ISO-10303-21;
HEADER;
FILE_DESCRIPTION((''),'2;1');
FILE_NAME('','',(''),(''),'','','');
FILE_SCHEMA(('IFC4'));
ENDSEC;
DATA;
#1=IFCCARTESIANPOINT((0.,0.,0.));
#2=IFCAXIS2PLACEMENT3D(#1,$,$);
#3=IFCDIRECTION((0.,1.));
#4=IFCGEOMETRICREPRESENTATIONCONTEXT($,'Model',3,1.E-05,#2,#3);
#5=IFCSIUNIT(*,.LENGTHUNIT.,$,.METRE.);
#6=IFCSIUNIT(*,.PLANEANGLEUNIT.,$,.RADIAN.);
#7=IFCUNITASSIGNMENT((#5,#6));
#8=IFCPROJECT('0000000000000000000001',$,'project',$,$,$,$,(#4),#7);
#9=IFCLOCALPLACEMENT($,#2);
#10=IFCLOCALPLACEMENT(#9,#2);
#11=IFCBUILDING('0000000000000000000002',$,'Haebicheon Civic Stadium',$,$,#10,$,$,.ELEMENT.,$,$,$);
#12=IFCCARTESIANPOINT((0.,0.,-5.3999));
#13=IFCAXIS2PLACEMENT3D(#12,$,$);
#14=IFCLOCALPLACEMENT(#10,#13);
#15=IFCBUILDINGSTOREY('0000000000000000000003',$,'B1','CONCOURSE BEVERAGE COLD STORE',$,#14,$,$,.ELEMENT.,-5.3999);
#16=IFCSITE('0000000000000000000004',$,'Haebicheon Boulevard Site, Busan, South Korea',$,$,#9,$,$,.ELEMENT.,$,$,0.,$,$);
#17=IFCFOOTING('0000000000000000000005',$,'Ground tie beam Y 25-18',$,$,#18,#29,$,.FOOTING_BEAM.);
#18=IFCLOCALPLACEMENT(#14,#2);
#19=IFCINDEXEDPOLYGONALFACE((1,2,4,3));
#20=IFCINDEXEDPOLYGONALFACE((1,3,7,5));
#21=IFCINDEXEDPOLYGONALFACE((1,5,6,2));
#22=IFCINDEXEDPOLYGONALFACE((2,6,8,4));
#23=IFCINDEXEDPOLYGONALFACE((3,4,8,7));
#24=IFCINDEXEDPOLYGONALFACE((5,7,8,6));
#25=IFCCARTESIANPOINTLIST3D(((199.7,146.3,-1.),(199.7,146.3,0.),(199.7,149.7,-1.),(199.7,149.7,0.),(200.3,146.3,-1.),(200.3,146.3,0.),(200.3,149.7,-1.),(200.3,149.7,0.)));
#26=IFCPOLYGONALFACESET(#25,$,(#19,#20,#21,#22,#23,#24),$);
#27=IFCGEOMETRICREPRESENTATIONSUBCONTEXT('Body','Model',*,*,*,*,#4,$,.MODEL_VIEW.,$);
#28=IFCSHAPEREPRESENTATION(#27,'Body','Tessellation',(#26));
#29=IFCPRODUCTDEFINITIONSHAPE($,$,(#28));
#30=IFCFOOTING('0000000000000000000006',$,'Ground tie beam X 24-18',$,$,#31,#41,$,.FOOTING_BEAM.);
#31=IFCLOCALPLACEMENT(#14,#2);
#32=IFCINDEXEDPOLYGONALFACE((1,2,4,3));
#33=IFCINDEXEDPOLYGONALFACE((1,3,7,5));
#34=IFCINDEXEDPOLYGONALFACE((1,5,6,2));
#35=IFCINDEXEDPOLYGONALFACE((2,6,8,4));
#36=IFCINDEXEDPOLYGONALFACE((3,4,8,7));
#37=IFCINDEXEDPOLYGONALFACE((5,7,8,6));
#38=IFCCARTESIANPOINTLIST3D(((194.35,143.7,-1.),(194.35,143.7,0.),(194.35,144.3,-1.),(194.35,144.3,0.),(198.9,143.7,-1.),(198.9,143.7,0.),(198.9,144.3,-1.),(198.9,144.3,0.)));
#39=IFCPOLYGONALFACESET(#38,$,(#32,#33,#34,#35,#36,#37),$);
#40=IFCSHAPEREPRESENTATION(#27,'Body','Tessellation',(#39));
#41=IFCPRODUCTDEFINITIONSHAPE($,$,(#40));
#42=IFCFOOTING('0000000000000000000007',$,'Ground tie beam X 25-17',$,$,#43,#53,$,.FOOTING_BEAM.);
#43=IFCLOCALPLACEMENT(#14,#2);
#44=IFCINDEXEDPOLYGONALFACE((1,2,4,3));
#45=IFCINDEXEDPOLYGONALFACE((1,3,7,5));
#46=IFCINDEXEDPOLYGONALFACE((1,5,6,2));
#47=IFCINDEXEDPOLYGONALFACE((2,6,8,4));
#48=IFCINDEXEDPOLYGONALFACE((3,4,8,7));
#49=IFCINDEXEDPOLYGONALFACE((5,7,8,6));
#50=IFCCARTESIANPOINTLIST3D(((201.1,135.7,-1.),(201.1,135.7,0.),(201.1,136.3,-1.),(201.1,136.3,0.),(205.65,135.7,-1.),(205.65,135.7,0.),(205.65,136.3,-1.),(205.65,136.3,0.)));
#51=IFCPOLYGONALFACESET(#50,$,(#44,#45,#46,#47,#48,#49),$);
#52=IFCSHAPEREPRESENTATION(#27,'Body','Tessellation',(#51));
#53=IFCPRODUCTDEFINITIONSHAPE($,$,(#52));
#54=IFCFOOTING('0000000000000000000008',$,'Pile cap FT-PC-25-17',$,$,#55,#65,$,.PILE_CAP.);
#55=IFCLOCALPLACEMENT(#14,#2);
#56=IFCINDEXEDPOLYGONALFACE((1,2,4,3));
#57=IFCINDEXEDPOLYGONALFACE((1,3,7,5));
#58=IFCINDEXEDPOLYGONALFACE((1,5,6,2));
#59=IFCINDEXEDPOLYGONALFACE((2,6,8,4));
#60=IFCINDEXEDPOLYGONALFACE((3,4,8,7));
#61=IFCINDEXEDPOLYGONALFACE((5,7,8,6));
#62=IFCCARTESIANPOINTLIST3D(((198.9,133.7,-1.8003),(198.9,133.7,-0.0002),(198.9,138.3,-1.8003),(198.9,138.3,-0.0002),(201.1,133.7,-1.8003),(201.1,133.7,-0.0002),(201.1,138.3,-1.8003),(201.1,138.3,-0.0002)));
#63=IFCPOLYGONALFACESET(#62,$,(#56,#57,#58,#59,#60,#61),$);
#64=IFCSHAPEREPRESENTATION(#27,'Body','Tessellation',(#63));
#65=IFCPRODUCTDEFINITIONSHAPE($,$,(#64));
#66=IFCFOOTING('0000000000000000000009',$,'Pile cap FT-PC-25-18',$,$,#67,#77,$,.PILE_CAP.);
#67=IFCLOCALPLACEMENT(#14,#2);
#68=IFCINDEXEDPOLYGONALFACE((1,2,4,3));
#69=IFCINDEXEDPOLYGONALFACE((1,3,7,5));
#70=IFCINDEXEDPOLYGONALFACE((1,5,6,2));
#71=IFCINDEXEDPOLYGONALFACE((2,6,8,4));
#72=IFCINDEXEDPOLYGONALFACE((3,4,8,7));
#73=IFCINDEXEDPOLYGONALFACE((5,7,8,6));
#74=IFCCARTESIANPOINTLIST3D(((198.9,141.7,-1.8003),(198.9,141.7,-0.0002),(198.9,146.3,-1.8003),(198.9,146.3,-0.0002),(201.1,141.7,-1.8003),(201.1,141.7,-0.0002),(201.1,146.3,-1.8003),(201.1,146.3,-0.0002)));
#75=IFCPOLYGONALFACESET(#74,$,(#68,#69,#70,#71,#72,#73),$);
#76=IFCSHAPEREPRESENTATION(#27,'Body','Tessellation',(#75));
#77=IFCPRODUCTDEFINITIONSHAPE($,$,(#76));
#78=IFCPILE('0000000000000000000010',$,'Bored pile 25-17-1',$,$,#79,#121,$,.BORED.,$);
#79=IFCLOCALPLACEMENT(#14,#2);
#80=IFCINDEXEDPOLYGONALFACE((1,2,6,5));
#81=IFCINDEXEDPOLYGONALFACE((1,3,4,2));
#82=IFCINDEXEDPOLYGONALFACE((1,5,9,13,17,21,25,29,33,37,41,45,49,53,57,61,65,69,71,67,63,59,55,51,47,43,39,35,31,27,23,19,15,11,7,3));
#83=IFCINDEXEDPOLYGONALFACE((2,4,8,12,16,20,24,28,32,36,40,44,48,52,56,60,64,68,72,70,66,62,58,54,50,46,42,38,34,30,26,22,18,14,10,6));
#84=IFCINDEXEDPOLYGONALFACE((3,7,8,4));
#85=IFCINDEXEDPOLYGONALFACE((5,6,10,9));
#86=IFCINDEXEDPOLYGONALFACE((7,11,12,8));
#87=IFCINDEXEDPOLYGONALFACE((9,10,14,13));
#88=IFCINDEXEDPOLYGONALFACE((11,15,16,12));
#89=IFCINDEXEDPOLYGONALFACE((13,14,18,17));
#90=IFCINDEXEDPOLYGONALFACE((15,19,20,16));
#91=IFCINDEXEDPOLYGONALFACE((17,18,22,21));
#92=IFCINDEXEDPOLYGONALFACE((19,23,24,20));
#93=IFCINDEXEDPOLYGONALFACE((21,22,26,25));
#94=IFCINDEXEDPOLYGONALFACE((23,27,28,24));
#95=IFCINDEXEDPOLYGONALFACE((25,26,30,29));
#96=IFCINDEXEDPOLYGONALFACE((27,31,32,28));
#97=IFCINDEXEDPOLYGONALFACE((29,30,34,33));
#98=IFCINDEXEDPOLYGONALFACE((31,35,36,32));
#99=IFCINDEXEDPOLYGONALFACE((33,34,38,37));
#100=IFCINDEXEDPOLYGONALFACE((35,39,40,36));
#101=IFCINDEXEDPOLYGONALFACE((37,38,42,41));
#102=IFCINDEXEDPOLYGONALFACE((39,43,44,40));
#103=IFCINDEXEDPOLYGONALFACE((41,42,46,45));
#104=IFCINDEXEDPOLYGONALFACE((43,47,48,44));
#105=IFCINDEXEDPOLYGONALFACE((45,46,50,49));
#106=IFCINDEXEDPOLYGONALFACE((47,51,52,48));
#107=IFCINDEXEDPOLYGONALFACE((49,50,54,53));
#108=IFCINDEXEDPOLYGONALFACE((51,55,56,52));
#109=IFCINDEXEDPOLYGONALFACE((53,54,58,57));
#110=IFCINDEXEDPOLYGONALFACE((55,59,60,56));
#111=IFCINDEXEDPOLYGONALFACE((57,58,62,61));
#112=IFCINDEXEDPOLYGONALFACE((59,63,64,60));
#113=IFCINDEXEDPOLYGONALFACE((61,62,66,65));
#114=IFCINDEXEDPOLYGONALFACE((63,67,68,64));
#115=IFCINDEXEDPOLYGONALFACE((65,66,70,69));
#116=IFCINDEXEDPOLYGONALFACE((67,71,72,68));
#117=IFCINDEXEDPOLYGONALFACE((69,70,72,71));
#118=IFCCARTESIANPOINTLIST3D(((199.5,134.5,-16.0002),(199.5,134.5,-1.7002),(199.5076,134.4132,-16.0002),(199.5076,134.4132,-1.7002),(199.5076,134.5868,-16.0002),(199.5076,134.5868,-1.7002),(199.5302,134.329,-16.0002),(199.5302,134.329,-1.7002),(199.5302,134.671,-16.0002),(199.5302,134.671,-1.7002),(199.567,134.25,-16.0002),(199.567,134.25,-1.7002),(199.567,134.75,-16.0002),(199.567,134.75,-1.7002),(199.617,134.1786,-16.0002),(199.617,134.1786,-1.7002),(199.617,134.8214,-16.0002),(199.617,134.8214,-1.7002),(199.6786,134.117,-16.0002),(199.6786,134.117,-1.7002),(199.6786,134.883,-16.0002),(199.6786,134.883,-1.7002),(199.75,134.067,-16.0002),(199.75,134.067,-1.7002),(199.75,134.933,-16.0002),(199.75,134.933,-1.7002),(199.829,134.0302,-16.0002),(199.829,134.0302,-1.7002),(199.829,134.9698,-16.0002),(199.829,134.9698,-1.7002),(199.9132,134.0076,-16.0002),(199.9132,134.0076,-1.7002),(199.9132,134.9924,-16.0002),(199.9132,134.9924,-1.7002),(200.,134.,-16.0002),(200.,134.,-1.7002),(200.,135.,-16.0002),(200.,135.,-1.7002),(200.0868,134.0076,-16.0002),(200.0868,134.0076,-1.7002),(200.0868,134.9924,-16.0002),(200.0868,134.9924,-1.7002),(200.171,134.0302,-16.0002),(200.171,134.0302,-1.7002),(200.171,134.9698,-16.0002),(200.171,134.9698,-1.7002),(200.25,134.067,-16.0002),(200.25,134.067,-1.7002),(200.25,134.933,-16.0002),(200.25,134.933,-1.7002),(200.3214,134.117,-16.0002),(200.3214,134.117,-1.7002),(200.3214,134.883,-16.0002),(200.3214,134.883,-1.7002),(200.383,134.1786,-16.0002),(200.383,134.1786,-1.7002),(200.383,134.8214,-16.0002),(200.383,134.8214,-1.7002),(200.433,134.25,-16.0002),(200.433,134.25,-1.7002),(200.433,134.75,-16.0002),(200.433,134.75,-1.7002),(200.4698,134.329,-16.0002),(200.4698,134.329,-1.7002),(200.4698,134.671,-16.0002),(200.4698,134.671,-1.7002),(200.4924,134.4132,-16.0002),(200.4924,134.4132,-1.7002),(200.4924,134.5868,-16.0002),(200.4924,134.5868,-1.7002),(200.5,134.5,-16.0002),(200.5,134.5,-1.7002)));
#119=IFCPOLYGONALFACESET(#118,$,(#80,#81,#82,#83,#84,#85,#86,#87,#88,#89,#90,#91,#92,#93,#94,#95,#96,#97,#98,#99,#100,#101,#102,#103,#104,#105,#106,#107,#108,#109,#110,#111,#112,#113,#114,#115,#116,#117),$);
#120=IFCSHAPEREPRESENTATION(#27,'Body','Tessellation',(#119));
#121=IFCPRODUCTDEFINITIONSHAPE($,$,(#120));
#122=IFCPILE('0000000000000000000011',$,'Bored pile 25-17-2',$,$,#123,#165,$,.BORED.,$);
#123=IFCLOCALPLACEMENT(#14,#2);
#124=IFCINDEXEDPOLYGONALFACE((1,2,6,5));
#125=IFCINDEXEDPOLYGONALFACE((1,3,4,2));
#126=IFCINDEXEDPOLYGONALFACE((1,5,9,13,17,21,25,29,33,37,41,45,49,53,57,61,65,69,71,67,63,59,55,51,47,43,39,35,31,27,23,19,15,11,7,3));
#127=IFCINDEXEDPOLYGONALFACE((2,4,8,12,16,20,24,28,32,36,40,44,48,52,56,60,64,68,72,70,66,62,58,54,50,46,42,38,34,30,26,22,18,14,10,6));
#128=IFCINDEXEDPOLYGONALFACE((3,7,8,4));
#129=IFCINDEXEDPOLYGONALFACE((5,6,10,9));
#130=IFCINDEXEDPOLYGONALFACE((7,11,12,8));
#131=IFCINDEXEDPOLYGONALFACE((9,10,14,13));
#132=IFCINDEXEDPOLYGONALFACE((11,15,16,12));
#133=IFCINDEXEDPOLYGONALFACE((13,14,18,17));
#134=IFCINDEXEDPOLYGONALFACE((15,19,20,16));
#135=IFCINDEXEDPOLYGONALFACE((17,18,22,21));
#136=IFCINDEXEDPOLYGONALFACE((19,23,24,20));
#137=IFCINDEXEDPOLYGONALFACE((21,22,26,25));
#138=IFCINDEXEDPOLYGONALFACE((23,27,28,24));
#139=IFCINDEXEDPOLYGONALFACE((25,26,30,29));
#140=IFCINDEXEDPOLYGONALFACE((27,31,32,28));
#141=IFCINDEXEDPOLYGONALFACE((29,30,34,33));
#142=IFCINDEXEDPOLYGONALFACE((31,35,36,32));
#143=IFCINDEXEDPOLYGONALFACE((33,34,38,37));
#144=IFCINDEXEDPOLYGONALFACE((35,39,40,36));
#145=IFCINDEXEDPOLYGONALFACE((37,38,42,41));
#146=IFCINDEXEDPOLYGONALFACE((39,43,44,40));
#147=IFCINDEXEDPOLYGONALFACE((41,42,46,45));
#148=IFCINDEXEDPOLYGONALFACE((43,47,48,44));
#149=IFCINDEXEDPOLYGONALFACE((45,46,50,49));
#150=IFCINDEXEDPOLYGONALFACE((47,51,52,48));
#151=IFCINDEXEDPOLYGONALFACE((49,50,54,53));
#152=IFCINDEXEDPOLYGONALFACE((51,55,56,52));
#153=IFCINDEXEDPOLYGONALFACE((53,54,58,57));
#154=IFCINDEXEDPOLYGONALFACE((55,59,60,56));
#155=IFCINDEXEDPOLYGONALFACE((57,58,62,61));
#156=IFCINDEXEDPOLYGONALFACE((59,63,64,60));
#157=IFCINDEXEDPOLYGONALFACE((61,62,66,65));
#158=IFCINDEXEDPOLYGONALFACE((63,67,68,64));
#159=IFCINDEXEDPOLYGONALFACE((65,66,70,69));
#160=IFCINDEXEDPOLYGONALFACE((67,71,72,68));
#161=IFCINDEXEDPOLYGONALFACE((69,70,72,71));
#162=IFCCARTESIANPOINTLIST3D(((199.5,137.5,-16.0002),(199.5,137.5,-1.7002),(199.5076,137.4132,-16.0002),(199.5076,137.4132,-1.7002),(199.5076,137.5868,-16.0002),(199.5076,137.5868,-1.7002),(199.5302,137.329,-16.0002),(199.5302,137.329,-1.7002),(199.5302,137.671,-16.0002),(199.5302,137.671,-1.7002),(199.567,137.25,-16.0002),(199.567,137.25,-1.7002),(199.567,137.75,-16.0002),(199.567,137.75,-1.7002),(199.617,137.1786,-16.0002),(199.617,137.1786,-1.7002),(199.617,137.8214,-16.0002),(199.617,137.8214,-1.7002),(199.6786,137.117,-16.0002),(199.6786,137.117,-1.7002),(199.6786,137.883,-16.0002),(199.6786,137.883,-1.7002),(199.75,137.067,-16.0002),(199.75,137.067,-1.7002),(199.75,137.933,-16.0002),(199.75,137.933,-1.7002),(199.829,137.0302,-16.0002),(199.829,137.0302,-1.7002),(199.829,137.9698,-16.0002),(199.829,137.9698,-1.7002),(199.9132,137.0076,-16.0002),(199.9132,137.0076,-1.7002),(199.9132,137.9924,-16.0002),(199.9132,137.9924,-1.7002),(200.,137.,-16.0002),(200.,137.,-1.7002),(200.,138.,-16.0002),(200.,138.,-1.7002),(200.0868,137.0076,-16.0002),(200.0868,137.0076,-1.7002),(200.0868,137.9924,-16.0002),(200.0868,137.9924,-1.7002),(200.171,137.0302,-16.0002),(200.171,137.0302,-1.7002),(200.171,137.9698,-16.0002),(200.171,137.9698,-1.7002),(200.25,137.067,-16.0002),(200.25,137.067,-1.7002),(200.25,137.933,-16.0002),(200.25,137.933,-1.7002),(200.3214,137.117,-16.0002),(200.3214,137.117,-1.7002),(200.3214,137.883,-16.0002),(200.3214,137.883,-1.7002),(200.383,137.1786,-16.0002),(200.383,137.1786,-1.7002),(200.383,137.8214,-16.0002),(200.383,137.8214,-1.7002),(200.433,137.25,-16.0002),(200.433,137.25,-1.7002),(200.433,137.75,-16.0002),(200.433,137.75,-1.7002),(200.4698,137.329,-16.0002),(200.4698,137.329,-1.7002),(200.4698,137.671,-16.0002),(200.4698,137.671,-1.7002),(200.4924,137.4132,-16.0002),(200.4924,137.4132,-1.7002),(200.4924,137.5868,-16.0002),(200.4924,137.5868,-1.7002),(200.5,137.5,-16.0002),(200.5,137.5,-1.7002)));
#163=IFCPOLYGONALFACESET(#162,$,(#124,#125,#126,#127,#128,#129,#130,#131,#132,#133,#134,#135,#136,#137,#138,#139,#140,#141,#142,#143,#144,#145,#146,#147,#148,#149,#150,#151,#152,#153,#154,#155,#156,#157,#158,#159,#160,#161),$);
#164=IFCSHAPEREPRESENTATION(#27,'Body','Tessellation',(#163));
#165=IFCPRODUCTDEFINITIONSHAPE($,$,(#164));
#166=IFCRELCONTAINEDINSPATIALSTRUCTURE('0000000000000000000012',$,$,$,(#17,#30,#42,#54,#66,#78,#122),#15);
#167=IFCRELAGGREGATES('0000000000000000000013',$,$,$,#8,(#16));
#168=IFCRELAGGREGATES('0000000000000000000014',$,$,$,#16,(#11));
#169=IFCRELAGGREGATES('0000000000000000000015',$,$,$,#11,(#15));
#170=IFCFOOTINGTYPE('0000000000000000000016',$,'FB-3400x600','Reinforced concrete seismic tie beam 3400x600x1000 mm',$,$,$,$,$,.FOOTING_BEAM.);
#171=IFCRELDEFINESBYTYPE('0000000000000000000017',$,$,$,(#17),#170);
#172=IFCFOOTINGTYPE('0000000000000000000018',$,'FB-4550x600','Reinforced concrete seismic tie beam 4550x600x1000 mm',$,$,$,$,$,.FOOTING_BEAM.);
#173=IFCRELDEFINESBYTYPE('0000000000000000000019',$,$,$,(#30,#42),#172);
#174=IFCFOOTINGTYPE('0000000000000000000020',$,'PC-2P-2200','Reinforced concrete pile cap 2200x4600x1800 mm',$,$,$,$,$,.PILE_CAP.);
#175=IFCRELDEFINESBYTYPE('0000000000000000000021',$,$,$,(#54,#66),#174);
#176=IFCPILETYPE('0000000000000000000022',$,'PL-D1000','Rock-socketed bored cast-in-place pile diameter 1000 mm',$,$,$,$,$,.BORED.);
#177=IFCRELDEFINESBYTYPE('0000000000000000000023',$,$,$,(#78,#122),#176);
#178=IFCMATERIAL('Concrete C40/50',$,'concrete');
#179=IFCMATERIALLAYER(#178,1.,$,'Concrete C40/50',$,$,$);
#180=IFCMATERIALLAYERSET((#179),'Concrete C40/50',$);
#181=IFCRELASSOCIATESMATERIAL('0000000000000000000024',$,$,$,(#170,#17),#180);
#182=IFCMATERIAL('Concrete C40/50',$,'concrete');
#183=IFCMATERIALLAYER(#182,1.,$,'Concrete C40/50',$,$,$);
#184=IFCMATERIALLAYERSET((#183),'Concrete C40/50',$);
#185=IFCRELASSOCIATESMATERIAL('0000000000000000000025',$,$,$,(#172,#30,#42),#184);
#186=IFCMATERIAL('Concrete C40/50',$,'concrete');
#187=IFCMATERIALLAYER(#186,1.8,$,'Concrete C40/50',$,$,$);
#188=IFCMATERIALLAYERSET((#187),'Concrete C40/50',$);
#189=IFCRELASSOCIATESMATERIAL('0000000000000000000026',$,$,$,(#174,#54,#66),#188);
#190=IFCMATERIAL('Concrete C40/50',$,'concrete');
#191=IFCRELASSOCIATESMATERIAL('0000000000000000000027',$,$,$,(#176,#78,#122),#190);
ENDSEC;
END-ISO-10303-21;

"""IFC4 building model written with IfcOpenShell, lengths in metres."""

from ifc_helpers import new_model, si_unit, direction, frame, origin, origin_2d, place, context, subcontext, project, spatial, rectangle, circle, extrude, material, layer, layer_set, material_profile, profile_set, type_object, element, save


model = new_model("IFC4")

# Units and contexts
model_context = context("Model", 3, precision=1e-05, world=origin(), true_north=direction((0.0, 1.0)))
body_context = subcontext(model_context, "Body", "Model", "MODEL_VIEW")
ifc_project = project(units=[si_unit("LENGTHUNIT", "METRE"), si_unit("PLANEANGLEUNIT", "RADIAN")], contexts=[model_context])

# Site, building, storey
site_placement = place(None, origin())
site = spatial("IfcSite", under=ifc_project, at=site_placement, Name="Haebicheon Boulevard Site, Busan, South Korea", CompositionType="ELEMENT", RefElevation=0.0)
building_placement = place(site_placement, origin())
building = spatial("IfcBuilding", under=site, at=building_placement, Name="Haebicheon Civic Stadium", CompositionType="ELEMENT")
storey_placement = place(building_placement, frame((0.0, 0.0, -5.3999)))
storey = spatial("IfcBuildingStorey", under=building, at=storey_placement, Name="B1", Description="CONCOURSE BEVERAGE COLD STORE", CompositionType="ELEMENT", Elevation=-5.3999)

# Footings
ifc_material_1 = material(Name="Concrete C40/50", Category="concrete")
ifc_layer_1 = layer(ifc_material_1, 1.0, Name="Concrete C40/50")
ifc_layer_set_1 = layer_set([ifc_layer_1], Name="Concrete C40/50")
footing_type_1 = type_object("IfcFootingType", Name="FB-3400x600", Description="Reinforced concrete seismic tie beam 3400x600x1000 mm", PredefinedType="FOOTING_BEAM", material=ifc_layer_set_1)
footing_placement = place(storey_placement, frame((200.0, 148.0, -1.0), z_axis=(0.0, 0.0, 1.0), x_axis=(0.0, 1.0, 0.0)))
element("IfcFooting", 1, at=footing_placement, inside=storey, type_object=footing_type_1, material=ifc_layer_set_1, Name="Ground tie beam Y 25-18", PredefinedType="FOOTING_BEAM", context=body_context, shape_type="SweptSolid", body=[
    extrude(rectangle(XDim=3.3999, YDim=0.6001, at=origin_2d()), origin(), (0.0, 0.0, 1.0), 1.0),
])
ifc_material_2 = material(Name="Concrete C40/50", Category="concrete")
ifc_layer_2 = layer(ifc_material_2, 1.0, Name="Concrete C40/50")
ifc_layer_set_2 = layer_set([ifc_layer_2], Name="Concrete C40/50")
footing_type_2 = type_object("IfcFootingType", Name="FB-4550x600", Description="Reinforced concrete seismic tie beam 4550x600x1000 mm", PredefinedType="FOOTING_BEAM", material=ifc_layer_set_2)
for number, where, z_axis, x_axis, name in (
    (2, (196.625, 144.0, -1.0), (0.0, 0.0, 1.0), (1.0, 0.0, 0.0), "Ground tie beam X 24-18"),
    (3, (203.375, 136.0, -1.0), (0.0, 0.0, 1.0), (1.0, 0.0, 0.0), "Ground tie beam X 25-17"),
):
    element("IfcFooting", number, at=place(storey_placement, frame(where, z_axis=z_axis, x_axis=x_axis)), inside=storey, type_object=footing_type_2, material=ifc_layer_set_2, Name=name, PredefinedType="FOOTING_BEAM", context=body_context, shape_type="SweptSolid", body=[
        extrude(rectangle(XDim=4.55, YDim=0.6001, at=origin_2d()), origin(), (0.0, 0.0, 1.0), 1.0),
    ])
ifc_material_3 = material(Name="Concrete C40/50", Category="concrete")
ifc_layer_3 = layer(ifc_material_3, 1.8, Name="Concrete C40/50")
ifc_layer_set_3 = layer_set([ifc_layer_3], Name="Concrete C40/50")
footing_type_3 = type_object("IfcFootingType", Name="PC-2P-2200", Description="Reinforced concrete pile cap 2200x4600x1800 mm", PredefinedType="PILE_CAP", material=ifc_layer_set_3)
for number, where, z_axis, x_axis, name in (
    (4, (200.0, 136.0, -1.8003), (0.0, 0.0, 1.0), (1.0, 0.0, 0.0), "Pile cap FT-PC-25-17"),
    (5, (200.0, 144.0, -1.8003), (0.0, 0.0, 1.0), (1.0, 0.0, 0.0), "Pile cap FT-PC-25-18"),
):
    element("IfcFooting", number, at=place(storey_placement, frame(where, z_axis=z_axis, x_axis=x_axis)), inside=storey, type_object=footing_type_3, material=ifc_layer_set_3, Name=name, PredefinedType="PILE_CAP", context=body_context, shape_type="SweptSolid", body=[
        extrude(rectangle(XDim=2.2, YDim=4.6001, at=origin_2d()), origin(), (0.0, 0.0, 1.0), 1.8),
    ])

# Piles
ifc_material_4 = material(Name="Concrete C40/50", Category="concrete")
ifc_material_profile_1 = material_profile(ifc_material_4, circle(Radius=0.5, at=origin_2d()), Name="PILE-D1000")
ifc_profile_set_1 = profile_set([ifc_material_profile_1], Name="Concrete C40/50")
pile_type = type_object("IfcPileType", Name="PL-D1000", Description="Rock-socketed bored cast-in-place pile diameter 1000 mm", PredefinedType="BORED", material=ifc_profile_set_1)
for number, where, z_axis, x_axis, name in (
    (6, (200.0, 134.5, -1.7002), (0.0, 0.0, -1.0), (1.0, 0.0, 0.0), "Bored pile 25-17-1"),
    (7, (200.0, 137.5, -1.7002), (0.0, 0.0, -1.0), (1.0, 0.0, 0.0), "Bored pile 25-17-2"),
):
    element("IfcPile", number, at=place(storey_placement, frame(where, z_axis=z_axis, x_axis=x_axis)), inside=storey, type_object=pile_type, material=ifc_profile_set_1, Name=name, PredefinedType="BORED", context=body_context, shape_type="SweptSolid", body=[
        extrude(circle(Radius=0.5, at=origin_2d()), origin(), (0.0, 0.0, 1.0), 14.3),
    ])

save(model, "model.ifc")
